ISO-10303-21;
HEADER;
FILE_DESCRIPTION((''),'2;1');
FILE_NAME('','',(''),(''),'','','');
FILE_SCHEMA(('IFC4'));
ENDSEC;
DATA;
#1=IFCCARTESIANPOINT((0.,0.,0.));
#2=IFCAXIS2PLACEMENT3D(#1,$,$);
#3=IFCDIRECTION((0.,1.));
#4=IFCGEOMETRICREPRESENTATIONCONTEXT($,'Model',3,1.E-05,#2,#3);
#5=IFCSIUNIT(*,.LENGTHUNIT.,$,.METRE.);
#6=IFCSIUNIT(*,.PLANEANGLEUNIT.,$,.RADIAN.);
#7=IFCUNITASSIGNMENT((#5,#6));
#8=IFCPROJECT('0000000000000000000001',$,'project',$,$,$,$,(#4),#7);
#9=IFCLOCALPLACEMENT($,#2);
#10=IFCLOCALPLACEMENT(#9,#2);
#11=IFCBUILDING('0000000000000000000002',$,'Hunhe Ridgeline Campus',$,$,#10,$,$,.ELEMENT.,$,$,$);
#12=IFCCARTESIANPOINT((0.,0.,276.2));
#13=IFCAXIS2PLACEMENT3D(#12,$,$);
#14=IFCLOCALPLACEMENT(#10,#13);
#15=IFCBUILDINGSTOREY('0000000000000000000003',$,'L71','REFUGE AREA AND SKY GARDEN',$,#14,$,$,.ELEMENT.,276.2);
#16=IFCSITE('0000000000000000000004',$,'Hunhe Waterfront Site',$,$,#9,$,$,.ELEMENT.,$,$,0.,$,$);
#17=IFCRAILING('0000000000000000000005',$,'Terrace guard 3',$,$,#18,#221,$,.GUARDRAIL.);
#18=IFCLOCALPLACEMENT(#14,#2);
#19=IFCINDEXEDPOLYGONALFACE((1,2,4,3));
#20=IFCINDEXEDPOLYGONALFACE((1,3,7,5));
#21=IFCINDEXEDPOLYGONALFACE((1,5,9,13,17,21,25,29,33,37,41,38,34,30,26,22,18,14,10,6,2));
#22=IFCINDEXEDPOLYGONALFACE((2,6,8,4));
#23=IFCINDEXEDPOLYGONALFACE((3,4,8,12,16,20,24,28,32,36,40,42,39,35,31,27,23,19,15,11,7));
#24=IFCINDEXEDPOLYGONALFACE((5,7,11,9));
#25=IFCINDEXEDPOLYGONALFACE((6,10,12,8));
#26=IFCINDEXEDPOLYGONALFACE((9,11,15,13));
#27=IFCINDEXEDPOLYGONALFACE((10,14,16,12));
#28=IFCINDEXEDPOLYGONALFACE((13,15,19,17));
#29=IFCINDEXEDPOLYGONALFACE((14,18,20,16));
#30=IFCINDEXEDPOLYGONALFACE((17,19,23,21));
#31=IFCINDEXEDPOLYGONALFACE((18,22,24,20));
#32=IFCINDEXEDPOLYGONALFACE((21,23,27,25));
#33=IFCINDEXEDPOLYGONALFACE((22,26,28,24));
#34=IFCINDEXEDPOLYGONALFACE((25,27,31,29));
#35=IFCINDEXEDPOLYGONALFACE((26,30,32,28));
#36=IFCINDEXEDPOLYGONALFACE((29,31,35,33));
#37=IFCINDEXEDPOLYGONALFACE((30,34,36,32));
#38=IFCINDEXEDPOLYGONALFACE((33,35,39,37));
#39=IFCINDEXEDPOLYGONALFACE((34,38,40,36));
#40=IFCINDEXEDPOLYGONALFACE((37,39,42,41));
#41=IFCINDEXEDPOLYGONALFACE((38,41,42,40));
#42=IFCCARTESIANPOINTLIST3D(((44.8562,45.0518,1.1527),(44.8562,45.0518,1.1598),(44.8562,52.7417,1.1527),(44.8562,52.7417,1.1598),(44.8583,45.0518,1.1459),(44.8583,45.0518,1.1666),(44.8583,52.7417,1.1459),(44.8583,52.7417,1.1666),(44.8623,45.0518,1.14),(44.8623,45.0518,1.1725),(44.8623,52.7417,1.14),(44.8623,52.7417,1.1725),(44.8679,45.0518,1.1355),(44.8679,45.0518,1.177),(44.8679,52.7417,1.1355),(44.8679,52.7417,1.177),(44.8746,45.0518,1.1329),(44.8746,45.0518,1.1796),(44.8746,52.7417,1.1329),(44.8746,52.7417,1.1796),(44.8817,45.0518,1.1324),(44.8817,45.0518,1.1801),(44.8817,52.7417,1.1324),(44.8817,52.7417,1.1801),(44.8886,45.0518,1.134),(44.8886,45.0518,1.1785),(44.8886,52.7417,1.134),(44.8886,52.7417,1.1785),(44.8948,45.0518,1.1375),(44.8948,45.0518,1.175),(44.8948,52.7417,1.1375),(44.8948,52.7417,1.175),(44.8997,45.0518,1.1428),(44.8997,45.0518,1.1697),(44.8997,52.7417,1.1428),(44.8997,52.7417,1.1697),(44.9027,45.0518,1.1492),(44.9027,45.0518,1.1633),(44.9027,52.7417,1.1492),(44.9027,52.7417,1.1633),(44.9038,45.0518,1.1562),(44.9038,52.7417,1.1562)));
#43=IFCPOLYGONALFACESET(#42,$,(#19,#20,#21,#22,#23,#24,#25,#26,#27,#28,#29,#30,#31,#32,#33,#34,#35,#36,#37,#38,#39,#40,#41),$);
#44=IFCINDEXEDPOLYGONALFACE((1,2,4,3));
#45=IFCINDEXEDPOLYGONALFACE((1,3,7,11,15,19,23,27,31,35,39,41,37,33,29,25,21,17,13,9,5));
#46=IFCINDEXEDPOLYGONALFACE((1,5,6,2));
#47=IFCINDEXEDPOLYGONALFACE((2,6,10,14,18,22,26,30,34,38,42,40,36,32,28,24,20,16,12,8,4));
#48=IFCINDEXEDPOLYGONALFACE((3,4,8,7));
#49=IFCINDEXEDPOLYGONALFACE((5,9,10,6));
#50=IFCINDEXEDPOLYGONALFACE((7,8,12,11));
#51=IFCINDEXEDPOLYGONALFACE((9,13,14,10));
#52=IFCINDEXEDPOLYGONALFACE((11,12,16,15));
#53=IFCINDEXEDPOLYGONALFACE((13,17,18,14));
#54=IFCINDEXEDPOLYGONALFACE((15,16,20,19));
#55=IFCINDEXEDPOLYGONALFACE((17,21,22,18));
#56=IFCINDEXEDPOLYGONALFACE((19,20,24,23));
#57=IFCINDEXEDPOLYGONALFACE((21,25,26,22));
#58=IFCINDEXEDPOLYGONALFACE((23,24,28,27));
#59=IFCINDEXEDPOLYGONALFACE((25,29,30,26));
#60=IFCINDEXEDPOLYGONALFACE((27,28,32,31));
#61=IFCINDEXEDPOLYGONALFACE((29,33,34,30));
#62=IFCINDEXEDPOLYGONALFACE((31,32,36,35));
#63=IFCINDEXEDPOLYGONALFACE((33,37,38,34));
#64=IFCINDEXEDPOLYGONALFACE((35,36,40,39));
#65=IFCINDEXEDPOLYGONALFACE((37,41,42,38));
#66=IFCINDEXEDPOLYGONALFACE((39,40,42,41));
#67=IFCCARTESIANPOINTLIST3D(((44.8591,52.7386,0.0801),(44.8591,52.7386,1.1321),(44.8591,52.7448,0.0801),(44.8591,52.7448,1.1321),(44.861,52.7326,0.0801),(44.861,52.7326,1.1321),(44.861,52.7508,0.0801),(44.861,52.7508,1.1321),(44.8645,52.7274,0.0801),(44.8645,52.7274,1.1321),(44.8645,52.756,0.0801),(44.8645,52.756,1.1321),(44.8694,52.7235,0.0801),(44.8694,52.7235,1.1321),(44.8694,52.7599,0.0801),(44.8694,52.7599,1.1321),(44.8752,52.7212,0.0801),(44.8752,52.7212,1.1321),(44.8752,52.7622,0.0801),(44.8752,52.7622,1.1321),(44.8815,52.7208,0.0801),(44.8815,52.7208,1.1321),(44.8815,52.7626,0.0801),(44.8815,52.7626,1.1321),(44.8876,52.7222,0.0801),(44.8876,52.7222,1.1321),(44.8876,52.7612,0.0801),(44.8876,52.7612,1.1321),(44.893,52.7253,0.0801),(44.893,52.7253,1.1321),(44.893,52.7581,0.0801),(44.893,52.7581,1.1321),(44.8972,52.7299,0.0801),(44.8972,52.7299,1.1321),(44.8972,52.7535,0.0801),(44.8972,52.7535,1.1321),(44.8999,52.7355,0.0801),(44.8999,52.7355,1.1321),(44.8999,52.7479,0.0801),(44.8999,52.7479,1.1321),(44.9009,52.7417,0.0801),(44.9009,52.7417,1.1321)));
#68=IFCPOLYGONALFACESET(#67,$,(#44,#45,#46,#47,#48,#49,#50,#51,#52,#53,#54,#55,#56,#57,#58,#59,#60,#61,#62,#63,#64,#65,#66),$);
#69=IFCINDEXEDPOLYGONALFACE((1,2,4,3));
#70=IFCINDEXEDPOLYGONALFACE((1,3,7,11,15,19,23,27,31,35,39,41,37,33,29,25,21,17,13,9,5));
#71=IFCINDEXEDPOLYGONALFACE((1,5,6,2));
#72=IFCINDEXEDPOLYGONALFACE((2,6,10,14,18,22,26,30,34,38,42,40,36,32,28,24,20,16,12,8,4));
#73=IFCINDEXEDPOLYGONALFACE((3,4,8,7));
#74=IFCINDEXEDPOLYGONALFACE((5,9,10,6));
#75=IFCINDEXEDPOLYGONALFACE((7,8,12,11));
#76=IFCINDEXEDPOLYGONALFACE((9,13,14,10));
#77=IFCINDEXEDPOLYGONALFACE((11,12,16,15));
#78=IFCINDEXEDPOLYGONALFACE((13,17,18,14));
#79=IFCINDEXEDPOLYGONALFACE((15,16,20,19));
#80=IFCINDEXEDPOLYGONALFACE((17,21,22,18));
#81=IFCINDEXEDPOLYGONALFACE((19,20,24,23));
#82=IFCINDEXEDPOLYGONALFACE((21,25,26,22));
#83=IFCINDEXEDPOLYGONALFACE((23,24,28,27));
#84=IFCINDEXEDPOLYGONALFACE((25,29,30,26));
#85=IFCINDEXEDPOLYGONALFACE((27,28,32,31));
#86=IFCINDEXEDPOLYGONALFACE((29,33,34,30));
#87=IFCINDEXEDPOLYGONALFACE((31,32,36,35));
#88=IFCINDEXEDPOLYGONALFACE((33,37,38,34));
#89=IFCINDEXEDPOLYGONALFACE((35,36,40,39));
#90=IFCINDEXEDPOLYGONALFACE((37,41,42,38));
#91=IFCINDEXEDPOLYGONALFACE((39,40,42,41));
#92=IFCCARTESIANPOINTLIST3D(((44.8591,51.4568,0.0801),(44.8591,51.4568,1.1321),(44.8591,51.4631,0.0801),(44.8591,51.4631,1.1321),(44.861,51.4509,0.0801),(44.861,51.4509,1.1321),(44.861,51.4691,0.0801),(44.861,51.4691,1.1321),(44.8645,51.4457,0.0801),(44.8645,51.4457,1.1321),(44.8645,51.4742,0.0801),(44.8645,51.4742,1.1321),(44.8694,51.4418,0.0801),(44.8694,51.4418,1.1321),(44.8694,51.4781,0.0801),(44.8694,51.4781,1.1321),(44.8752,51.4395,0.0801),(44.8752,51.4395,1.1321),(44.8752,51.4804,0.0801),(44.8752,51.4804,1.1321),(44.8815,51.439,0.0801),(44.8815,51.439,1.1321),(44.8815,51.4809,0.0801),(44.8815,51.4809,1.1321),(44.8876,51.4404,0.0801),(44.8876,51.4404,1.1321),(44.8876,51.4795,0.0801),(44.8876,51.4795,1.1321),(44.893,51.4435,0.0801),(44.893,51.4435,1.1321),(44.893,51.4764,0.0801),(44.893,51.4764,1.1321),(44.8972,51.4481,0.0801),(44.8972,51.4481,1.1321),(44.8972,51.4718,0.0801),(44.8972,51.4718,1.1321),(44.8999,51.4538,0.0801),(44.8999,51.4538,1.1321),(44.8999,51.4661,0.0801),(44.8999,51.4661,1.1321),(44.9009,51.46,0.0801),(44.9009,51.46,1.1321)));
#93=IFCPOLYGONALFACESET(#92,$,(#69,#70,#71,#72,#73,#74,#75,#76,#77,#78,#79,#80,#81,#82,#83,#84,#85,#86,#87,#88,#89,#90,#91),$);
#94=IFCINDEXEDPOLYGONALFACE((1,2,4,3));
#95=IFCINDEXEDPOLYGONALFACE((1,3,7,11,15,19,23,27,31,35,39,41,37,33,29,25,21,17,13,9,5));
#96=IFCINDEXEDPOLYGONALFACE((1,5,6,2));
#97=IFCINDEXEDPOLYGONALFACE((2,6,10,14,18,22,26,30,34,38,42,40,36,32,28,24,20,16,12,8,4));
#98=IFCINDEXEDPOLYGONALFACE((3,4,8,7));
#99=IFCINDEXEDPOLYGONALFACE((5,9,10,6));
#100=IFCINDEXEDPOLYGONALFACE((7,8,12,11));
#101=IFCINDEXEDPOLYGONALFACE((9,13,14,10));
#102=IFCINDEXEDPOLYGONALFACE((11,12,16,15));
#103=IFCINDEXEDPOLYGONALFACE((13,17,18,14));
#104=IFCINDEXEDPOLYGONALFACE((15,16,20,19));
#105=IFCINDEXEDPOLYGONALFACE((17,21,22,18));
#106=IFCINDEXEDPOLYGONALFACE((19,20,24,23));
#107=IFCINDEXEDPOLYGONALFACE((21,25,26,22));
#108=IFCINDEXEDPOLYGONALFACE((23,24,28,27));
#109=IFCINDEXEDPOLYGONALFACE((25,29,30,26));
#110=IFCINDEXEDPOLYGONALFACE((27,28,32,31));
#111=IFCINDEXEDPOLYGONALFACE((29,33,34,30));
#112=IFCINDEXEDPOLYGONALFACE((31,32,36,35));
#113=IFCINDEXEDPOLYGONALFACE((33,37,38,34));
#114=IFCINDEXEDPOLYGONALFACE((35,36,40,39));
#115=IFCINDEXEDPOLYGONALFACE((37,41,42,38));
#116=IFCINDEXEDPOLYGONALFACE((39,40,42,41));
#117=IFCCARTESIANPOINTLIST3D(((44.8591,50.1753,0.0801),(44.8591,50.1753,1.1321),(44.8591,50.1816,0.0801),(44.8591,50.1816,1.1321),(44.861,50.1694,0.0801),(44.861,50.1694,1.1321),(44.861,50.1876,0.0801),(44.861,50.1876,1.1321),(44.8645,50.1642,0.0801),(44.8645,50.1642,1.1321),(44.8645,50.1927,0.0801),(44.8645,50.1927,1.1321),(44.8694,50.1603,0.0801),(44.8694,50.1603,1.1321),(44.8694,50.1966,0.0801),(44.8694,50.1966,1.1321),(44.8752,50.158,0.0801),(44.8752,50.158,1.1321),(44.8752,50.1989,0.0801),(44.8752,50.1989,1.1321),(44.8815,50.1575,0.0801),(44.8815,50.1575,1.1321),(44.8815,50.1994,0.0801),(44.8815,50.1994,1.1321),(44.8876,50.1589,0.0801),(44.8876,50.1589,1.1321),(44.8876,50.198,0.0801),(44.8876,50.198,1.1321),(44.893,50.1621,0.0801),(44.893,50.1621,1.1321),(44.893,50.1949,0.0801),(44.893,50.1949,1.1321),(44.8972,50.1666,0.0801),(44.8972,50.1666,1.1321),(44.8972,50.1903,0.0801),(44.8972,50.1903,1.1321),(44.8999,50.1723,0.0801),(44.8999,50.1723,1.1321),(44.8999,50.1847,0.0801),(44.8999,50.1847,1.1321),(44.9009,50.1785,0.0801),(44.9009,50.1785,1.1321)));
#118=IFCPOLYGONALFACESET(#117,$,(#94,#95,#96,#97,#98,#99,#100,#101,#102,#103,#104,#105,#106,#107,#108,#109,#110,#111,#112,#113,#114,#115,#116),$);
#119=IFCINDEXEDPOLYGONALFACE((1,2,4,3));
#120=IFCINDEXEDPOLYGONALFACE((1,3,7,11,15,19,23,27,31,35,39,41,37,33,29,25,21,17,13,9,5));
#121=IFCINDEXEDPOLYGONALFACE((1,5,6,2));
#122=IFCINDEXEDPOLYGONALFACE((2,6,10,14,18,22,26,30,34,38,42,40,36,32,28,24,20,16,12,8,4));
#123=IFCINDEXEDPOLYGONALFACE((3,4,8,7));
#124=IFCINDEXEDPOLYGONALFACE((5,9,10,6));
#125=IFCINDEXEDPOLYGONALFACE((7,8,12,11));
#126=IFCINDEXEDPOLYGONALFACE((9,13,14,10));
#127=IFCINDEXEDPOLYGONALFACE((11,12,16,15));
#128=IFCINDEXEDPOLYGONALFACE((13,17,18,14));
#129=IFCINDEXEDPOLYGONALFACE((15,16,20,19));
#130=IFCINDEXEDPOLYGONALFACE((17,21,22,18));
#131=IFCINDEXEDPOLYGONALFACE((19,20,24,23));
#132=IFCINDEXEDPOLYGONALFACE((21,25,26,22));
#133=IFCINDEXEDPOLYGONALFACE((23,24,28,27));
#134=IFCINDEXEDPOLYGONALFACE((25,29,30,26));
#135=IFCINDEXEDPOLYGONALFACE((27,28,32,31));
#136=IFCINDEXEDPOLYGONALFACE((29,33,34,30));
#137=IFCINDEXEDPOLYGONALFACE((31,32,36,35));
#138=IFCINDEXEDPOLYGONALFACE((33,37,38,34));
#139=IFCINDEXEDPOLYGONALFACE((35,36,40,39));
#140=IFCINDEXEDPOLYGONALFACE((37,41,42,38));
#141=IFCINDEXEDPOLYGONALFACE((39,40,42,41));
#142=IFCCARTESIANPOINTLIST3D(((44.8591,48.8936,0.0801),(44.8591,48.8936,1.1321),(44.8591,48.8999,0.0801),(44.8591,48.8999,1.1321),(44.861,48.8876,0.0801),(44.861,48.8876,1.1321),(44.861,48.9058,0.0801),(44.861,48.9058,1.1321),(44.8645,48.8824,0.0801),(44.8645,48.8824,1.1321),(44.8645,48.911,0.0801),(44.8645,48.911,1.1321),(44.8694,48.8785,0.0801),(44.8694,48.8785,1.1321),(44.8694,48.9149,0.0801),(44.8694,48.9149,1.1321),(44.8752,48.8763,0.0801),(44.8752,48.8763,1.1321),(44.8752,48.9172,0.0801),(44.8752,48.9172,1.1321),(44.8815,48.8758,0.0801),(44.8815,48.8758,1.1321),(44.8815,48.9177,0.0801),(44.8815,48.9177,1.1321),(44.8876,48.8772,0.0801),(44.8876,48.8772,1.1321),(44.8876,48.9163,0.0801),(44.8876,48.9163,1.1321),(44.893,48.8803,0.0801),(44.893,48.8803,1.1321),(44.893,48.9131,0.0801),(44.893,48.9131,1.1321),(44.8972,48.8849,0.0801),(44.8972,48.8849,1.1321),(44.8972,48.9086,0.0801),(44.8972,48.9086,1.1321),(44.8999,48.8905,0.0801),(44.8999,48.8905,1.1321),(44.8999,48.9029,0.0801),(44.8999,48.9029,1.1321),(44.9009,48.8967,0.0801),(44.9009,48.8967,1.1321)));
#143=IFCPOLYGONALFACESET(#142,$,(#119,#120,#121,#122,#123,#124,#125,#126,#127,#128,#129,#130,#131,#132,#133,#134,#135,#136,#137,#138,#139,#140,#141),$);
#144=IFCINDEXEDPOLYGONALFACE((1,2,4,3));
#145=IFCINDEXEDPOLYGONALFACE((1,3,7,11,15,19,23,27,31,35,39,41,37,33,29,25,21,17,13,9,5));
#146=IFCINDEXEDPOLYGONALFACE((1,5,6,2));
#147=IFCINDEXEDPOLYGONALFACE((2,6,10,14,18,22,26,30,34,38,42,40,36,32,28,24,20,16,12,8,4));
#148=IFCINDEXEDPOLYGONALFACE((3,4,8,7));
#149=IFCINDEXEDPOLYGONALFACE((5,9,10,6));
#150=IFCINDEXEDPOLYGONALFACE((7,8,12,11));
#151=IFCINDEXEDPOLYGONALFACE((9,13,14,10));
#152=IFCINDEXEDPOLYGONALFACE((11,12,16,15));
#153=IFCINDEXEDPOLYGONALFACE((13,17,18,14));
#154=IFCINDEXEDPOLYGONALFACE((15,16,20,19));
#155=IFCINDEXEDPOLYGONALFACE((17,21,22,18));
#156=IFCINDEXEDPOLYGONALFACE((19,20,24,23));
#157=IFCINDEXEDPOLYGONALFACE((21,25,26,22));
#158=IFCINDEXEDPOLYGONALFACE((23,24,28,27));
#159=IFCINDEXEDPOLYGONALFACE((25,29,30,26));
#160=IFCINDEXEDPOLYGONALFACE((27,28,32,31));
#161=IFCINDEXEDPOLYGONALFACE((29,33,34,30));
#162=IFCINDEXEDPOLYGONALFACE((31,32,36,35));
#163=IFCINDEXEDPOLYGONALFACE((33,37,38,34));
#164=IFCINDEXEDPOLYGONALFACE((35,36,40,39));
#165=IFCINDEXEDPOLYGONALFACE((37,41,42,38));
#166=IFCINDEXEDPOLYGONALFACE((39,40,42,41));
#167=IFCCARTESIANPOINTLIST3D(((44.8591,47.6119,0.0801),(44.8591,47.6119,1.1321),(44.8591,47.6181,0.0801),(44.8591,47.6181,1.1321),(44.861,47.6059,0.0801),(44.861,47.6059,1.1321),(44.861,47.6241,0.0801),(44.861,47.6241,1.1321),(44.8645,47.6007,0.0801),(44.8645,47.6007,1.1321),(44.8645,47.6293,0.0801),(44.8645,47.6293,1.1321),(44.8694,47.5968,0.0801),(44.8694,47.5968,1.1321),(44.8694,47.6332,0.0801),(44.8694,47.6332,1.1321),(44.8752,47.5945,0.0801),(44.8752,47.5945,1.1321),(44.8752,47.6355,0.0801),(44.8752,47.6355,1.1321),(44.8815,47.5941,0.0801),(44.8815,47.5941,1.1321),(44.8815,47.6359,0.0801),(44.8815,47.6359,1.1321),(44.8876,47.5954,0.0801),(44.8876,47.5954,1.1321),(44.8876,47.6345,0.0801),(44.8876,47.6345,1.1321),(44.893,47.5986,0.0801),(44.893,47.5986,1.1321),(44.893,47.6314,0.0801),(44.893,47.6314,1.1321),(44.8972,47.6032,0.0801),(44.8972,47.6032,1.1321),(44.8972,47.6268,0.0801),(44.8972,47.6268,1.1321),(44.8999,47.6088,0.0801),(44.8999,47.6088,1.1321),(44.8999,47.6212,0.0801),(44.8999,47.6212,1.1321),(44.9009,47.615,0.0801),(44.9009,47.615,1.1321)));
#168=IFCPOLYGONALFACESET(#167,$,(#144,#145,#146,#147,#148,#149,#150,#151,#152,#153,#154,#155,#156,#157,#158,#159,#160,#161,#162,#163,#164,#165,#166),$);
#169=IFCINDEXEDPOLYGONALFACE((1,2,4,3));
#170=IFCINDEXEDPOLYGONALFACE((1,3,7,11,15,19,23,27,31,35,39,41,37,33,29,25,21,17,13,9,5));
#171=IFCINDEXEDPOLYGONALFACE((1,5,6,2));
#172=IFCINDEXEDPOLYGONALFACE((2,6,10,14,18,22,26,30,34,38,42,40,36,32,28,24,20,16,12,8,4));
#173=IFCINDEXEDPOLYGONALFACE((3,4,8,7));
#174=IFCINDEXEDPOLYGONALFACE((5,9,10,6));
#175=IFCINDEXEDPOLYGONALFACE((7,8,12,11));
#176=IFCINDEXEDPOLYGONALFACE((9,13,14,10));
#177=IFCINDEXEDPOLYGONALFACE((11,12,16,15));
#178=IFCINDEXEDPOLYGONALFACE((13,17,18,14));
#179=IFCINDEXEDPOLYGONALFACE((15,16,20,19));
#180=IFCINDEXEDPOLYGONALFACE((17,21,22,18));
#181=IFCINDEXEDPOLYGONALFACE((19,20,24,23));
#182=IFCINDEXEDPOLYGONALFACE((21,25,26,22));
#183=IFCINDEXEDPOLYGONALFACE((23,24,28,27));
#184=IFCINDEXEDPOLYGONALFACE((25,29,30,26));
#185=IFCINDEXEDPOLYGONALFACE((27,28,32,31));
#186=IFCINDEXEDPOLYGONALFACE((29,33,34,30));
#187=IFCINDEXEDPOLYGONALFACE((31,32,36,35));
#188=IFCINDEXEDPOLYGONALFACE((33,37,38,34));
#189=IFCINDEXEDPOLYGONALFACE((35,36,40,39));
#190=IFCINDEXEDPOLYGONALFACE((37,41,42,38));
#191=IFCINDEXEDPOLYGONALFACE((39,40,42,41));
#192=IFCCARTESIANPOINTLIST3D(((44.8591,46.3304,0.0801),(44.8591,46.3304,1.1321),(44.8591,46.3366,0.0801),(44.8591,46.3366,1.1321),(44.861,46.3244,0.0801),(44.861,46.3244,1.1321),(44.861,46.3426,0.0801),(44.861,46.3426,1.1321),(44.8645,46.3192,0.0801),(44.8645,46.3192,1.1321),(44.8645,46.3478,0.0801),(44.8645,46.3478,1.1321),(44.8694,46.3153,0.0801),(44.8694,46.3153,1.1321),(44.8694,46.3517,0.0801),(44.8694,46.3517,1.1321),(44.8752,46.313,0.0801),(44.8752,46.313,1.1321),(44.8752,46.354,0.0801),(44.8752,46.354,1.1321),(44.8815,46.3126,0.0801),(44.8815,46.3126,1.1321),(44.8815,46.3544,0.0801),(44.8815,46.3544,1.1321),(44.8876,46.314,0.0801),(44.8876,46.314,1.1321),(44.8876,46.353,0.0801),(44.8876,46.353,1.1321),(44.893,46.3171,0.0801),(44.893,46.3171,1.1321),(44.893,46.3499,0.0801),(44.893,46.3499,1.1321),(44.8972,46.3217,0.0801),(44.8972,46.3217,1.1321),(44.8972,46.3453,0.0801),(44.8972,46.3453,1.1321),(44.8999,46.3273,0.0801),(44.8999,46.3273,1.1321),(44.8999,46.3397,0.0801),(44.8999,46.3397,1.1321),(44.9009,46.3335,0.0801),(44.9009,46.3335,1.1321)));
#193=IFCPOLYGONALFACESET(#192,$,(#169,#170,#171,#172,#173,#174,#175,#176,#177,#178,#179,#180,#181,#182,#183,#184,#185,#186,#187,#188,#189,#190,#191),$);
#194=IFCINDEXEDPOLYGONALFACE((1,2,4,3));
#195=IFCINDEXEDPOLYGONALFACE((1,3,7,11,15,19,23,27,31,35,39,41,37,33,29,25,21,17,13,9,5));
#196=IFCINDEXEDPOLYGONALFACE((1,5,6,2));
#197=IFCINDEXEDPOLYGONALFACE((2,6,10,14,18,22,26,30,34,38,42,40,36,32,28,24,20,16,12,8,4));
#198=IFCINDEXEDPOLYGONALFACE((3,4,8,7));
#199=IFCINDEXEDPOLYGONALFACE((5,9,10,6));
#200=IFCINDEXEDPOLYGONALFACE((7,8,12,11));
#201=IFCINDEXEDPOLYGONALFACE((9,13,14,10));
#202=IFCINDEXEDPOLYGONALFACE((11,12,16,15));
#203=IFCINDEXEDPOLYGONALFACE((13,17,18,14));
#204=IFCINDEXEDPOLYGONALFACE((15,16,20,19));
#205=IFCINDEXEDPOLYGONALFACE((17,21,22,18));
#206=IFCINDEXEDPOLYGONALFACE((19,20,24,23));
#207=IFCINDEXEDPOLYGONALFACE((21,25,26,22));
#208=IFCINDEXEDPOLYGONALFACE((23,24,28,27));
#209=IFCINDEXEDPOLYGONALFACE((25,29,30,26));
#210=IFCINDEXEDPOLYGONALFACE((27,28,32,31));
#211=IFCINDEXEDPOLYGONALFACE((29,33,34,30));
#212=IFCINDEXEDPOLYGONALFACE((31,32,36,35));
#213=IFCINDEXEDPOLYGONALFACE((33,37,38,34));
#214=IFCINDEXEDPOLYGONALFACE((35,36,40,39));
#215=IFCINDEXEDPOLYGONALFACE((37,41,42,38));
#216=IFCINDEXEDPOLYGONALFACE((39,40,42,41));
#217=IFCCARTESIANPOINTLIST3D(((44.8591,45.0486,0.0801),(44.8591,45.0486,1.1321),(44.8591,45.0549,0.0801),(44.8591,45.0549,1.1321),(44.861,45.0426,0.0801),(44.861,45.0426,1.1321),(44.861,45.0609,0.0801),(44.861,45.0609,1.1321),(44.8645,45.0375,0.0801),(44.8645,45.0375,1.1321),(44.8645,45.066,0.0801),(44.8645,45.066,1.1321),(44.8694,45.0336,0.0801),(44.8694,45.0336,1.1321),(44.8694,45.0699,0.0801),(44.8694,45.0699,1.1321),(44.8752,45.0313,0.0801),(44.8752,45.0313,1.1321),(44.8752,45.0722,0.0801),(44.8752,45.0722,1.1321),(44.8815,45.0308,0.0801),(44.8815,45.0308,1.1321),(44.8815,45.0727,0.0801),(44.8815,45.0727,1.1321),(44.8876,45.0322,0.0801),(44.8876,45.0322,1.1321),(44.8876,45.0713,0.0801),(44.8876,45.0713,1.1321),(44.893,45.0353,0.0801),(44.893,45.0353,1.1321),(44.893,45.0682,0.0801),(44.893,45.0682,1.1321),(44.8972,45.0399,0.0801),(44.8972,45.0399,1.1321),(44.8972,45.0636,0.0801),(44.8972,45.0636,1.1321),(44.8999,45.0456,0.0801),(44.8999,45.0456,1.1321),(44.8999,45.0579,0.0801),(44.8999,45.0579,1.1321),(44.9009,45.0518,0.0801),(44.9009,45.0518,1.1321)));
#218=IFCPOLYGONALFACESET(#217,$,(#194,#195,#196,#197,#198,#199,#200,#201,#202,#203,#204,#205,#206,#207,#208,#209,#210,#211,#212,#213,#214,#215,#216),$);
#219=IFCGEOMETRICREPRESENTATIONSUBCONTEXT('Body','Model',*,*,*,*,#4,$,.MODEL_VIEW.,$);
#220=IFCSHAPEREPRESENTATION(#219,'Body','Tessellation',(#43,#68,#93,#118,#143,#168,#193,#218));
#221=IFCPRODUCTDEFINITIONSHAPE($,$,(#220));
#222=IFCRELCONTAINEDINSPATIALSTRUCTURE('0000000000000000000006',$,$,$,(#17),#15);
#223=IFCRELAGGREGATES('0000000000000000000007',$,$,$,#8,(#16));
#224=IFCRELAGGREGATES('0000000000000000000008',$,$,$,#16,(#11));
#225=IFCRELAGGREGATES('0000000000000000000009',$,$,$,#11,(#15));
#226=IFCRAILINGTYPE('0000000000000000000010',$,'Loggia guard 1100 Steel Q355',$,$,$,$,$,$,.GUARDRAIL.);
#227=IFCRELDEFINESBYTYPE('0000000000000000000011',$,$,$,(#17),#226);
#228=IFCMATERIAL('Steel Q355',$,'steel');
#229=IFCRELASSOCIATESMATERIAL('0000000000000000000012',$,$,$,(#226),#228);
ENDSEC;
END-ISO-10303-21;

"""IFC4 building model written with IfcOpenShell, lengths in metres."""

from ifc_helpers import new_model, si_unit, direction, frame, origin, origin_2d, place, context, subcontext, project, spatial, circle, extrude, material, type_object, element, save


model = new_model("IFC4")

# Units and contexts
model_context = context("Model", 3, precision=1e-05, world=origin(), true_north=direction((0.0, 1.0)))
body_context = subcontext(model_context, "Body", "Model", "MODEL_VIEW")
ifc_project = project(units=[si_unit("LENGTHUNIT", "METRE"), si_unit("PLANEANGLEUNIT", "RADIAN")], contexts=[model_context])

# Site, building, storey
site_placement = place(None, origin())
site = spatial("IfcSite", under=ifc_project, at=site_placement, Name="Hunhe Waterfront Site", CompositionType="ELEMENT", RefElevation=0.0)
building_placement = place(site_placement, origin())
building = spatial("IfcBuilding", under=site, at=building_placement, Name="Hunhe Ridgeline Campus", CompositionType="ELEMENT")
storey_placement = place(building_placement, frame((0.0, 0.0, 276.2)))
storey = spatial("IfcBuildingStorey", under=building, at=storey_placement, Name="L71", Description="REFUGE AREA AND SKY GARDEN", CompositionType="ELEMENT", Elevation=276.2)

# Railing
ifc_material_1 = material(Name="Steel Q355", Category="steel")
railing_type = type_object("IfcRailingType", Name="Loggia guard 1100 Steel Q355", PredefinedType="GUARDRAIL", material=ifc_material_1)
railing_1_placement = place(storey_placement, frame((44.8799, 52.7417, 0.0801)))
element("IfcRailing", 1, at=railing_1_placement, inside=storey, type_object=railing_type, Name="Terrace guard 3", PredefinedType="GUARDRAIL", context=body_context, shape_type="SweptSolid", body=[
    extrude(circle(Radius=0.0239, at=origin_2d()), frame((0.0, 0.0, 1.0762), z_axis=(0.0, -1.0, 0.0), x_axis=(1.0, 0.0, 0.0)), (0.0, 0.0, 1.0), 7.6899),
    extrude(circle(Radius=0.021, at=origin_2d()), origin(), (0.0, 0.0, 1.0), 1.052),
    extrude(circle(Radius=0.021, at=origin_2d()), frame((0.0, -1.2817, 0.0)), (0.0, 0.0, 1.0), 1.052),
    extrude(circle(Radius=0.021, at=origin_2d()), frame((0.0, -2.5632, 0.0)), (0.0, 0.0, 1.0), 1.052),
    extrude(circle(Radius=0.021, at=origin_2d()), frame((0.0, -3.845, 0.0)), (0.0, 0.0, 1.0), 1.052),
    extrude(circle(Radius=0.021, at=origin_2d()), frame((0.0, -5.1267, 0.0)), (0.0, 0.0, 1.0), 1.052),
    extrude(circle(Radius=0.021, at=origin_2d()), frame((0.0, -6.4082, 0.0)), (0.0, 0.0, 1.0), 1.052),
    extrude(circle(Radius=0.021, at=origin_2d()), frame((0.0, -7.6899, 0.0)), (0.0, 0.0, 1.0), 1.052),
])

save(model, "model.ifc")
